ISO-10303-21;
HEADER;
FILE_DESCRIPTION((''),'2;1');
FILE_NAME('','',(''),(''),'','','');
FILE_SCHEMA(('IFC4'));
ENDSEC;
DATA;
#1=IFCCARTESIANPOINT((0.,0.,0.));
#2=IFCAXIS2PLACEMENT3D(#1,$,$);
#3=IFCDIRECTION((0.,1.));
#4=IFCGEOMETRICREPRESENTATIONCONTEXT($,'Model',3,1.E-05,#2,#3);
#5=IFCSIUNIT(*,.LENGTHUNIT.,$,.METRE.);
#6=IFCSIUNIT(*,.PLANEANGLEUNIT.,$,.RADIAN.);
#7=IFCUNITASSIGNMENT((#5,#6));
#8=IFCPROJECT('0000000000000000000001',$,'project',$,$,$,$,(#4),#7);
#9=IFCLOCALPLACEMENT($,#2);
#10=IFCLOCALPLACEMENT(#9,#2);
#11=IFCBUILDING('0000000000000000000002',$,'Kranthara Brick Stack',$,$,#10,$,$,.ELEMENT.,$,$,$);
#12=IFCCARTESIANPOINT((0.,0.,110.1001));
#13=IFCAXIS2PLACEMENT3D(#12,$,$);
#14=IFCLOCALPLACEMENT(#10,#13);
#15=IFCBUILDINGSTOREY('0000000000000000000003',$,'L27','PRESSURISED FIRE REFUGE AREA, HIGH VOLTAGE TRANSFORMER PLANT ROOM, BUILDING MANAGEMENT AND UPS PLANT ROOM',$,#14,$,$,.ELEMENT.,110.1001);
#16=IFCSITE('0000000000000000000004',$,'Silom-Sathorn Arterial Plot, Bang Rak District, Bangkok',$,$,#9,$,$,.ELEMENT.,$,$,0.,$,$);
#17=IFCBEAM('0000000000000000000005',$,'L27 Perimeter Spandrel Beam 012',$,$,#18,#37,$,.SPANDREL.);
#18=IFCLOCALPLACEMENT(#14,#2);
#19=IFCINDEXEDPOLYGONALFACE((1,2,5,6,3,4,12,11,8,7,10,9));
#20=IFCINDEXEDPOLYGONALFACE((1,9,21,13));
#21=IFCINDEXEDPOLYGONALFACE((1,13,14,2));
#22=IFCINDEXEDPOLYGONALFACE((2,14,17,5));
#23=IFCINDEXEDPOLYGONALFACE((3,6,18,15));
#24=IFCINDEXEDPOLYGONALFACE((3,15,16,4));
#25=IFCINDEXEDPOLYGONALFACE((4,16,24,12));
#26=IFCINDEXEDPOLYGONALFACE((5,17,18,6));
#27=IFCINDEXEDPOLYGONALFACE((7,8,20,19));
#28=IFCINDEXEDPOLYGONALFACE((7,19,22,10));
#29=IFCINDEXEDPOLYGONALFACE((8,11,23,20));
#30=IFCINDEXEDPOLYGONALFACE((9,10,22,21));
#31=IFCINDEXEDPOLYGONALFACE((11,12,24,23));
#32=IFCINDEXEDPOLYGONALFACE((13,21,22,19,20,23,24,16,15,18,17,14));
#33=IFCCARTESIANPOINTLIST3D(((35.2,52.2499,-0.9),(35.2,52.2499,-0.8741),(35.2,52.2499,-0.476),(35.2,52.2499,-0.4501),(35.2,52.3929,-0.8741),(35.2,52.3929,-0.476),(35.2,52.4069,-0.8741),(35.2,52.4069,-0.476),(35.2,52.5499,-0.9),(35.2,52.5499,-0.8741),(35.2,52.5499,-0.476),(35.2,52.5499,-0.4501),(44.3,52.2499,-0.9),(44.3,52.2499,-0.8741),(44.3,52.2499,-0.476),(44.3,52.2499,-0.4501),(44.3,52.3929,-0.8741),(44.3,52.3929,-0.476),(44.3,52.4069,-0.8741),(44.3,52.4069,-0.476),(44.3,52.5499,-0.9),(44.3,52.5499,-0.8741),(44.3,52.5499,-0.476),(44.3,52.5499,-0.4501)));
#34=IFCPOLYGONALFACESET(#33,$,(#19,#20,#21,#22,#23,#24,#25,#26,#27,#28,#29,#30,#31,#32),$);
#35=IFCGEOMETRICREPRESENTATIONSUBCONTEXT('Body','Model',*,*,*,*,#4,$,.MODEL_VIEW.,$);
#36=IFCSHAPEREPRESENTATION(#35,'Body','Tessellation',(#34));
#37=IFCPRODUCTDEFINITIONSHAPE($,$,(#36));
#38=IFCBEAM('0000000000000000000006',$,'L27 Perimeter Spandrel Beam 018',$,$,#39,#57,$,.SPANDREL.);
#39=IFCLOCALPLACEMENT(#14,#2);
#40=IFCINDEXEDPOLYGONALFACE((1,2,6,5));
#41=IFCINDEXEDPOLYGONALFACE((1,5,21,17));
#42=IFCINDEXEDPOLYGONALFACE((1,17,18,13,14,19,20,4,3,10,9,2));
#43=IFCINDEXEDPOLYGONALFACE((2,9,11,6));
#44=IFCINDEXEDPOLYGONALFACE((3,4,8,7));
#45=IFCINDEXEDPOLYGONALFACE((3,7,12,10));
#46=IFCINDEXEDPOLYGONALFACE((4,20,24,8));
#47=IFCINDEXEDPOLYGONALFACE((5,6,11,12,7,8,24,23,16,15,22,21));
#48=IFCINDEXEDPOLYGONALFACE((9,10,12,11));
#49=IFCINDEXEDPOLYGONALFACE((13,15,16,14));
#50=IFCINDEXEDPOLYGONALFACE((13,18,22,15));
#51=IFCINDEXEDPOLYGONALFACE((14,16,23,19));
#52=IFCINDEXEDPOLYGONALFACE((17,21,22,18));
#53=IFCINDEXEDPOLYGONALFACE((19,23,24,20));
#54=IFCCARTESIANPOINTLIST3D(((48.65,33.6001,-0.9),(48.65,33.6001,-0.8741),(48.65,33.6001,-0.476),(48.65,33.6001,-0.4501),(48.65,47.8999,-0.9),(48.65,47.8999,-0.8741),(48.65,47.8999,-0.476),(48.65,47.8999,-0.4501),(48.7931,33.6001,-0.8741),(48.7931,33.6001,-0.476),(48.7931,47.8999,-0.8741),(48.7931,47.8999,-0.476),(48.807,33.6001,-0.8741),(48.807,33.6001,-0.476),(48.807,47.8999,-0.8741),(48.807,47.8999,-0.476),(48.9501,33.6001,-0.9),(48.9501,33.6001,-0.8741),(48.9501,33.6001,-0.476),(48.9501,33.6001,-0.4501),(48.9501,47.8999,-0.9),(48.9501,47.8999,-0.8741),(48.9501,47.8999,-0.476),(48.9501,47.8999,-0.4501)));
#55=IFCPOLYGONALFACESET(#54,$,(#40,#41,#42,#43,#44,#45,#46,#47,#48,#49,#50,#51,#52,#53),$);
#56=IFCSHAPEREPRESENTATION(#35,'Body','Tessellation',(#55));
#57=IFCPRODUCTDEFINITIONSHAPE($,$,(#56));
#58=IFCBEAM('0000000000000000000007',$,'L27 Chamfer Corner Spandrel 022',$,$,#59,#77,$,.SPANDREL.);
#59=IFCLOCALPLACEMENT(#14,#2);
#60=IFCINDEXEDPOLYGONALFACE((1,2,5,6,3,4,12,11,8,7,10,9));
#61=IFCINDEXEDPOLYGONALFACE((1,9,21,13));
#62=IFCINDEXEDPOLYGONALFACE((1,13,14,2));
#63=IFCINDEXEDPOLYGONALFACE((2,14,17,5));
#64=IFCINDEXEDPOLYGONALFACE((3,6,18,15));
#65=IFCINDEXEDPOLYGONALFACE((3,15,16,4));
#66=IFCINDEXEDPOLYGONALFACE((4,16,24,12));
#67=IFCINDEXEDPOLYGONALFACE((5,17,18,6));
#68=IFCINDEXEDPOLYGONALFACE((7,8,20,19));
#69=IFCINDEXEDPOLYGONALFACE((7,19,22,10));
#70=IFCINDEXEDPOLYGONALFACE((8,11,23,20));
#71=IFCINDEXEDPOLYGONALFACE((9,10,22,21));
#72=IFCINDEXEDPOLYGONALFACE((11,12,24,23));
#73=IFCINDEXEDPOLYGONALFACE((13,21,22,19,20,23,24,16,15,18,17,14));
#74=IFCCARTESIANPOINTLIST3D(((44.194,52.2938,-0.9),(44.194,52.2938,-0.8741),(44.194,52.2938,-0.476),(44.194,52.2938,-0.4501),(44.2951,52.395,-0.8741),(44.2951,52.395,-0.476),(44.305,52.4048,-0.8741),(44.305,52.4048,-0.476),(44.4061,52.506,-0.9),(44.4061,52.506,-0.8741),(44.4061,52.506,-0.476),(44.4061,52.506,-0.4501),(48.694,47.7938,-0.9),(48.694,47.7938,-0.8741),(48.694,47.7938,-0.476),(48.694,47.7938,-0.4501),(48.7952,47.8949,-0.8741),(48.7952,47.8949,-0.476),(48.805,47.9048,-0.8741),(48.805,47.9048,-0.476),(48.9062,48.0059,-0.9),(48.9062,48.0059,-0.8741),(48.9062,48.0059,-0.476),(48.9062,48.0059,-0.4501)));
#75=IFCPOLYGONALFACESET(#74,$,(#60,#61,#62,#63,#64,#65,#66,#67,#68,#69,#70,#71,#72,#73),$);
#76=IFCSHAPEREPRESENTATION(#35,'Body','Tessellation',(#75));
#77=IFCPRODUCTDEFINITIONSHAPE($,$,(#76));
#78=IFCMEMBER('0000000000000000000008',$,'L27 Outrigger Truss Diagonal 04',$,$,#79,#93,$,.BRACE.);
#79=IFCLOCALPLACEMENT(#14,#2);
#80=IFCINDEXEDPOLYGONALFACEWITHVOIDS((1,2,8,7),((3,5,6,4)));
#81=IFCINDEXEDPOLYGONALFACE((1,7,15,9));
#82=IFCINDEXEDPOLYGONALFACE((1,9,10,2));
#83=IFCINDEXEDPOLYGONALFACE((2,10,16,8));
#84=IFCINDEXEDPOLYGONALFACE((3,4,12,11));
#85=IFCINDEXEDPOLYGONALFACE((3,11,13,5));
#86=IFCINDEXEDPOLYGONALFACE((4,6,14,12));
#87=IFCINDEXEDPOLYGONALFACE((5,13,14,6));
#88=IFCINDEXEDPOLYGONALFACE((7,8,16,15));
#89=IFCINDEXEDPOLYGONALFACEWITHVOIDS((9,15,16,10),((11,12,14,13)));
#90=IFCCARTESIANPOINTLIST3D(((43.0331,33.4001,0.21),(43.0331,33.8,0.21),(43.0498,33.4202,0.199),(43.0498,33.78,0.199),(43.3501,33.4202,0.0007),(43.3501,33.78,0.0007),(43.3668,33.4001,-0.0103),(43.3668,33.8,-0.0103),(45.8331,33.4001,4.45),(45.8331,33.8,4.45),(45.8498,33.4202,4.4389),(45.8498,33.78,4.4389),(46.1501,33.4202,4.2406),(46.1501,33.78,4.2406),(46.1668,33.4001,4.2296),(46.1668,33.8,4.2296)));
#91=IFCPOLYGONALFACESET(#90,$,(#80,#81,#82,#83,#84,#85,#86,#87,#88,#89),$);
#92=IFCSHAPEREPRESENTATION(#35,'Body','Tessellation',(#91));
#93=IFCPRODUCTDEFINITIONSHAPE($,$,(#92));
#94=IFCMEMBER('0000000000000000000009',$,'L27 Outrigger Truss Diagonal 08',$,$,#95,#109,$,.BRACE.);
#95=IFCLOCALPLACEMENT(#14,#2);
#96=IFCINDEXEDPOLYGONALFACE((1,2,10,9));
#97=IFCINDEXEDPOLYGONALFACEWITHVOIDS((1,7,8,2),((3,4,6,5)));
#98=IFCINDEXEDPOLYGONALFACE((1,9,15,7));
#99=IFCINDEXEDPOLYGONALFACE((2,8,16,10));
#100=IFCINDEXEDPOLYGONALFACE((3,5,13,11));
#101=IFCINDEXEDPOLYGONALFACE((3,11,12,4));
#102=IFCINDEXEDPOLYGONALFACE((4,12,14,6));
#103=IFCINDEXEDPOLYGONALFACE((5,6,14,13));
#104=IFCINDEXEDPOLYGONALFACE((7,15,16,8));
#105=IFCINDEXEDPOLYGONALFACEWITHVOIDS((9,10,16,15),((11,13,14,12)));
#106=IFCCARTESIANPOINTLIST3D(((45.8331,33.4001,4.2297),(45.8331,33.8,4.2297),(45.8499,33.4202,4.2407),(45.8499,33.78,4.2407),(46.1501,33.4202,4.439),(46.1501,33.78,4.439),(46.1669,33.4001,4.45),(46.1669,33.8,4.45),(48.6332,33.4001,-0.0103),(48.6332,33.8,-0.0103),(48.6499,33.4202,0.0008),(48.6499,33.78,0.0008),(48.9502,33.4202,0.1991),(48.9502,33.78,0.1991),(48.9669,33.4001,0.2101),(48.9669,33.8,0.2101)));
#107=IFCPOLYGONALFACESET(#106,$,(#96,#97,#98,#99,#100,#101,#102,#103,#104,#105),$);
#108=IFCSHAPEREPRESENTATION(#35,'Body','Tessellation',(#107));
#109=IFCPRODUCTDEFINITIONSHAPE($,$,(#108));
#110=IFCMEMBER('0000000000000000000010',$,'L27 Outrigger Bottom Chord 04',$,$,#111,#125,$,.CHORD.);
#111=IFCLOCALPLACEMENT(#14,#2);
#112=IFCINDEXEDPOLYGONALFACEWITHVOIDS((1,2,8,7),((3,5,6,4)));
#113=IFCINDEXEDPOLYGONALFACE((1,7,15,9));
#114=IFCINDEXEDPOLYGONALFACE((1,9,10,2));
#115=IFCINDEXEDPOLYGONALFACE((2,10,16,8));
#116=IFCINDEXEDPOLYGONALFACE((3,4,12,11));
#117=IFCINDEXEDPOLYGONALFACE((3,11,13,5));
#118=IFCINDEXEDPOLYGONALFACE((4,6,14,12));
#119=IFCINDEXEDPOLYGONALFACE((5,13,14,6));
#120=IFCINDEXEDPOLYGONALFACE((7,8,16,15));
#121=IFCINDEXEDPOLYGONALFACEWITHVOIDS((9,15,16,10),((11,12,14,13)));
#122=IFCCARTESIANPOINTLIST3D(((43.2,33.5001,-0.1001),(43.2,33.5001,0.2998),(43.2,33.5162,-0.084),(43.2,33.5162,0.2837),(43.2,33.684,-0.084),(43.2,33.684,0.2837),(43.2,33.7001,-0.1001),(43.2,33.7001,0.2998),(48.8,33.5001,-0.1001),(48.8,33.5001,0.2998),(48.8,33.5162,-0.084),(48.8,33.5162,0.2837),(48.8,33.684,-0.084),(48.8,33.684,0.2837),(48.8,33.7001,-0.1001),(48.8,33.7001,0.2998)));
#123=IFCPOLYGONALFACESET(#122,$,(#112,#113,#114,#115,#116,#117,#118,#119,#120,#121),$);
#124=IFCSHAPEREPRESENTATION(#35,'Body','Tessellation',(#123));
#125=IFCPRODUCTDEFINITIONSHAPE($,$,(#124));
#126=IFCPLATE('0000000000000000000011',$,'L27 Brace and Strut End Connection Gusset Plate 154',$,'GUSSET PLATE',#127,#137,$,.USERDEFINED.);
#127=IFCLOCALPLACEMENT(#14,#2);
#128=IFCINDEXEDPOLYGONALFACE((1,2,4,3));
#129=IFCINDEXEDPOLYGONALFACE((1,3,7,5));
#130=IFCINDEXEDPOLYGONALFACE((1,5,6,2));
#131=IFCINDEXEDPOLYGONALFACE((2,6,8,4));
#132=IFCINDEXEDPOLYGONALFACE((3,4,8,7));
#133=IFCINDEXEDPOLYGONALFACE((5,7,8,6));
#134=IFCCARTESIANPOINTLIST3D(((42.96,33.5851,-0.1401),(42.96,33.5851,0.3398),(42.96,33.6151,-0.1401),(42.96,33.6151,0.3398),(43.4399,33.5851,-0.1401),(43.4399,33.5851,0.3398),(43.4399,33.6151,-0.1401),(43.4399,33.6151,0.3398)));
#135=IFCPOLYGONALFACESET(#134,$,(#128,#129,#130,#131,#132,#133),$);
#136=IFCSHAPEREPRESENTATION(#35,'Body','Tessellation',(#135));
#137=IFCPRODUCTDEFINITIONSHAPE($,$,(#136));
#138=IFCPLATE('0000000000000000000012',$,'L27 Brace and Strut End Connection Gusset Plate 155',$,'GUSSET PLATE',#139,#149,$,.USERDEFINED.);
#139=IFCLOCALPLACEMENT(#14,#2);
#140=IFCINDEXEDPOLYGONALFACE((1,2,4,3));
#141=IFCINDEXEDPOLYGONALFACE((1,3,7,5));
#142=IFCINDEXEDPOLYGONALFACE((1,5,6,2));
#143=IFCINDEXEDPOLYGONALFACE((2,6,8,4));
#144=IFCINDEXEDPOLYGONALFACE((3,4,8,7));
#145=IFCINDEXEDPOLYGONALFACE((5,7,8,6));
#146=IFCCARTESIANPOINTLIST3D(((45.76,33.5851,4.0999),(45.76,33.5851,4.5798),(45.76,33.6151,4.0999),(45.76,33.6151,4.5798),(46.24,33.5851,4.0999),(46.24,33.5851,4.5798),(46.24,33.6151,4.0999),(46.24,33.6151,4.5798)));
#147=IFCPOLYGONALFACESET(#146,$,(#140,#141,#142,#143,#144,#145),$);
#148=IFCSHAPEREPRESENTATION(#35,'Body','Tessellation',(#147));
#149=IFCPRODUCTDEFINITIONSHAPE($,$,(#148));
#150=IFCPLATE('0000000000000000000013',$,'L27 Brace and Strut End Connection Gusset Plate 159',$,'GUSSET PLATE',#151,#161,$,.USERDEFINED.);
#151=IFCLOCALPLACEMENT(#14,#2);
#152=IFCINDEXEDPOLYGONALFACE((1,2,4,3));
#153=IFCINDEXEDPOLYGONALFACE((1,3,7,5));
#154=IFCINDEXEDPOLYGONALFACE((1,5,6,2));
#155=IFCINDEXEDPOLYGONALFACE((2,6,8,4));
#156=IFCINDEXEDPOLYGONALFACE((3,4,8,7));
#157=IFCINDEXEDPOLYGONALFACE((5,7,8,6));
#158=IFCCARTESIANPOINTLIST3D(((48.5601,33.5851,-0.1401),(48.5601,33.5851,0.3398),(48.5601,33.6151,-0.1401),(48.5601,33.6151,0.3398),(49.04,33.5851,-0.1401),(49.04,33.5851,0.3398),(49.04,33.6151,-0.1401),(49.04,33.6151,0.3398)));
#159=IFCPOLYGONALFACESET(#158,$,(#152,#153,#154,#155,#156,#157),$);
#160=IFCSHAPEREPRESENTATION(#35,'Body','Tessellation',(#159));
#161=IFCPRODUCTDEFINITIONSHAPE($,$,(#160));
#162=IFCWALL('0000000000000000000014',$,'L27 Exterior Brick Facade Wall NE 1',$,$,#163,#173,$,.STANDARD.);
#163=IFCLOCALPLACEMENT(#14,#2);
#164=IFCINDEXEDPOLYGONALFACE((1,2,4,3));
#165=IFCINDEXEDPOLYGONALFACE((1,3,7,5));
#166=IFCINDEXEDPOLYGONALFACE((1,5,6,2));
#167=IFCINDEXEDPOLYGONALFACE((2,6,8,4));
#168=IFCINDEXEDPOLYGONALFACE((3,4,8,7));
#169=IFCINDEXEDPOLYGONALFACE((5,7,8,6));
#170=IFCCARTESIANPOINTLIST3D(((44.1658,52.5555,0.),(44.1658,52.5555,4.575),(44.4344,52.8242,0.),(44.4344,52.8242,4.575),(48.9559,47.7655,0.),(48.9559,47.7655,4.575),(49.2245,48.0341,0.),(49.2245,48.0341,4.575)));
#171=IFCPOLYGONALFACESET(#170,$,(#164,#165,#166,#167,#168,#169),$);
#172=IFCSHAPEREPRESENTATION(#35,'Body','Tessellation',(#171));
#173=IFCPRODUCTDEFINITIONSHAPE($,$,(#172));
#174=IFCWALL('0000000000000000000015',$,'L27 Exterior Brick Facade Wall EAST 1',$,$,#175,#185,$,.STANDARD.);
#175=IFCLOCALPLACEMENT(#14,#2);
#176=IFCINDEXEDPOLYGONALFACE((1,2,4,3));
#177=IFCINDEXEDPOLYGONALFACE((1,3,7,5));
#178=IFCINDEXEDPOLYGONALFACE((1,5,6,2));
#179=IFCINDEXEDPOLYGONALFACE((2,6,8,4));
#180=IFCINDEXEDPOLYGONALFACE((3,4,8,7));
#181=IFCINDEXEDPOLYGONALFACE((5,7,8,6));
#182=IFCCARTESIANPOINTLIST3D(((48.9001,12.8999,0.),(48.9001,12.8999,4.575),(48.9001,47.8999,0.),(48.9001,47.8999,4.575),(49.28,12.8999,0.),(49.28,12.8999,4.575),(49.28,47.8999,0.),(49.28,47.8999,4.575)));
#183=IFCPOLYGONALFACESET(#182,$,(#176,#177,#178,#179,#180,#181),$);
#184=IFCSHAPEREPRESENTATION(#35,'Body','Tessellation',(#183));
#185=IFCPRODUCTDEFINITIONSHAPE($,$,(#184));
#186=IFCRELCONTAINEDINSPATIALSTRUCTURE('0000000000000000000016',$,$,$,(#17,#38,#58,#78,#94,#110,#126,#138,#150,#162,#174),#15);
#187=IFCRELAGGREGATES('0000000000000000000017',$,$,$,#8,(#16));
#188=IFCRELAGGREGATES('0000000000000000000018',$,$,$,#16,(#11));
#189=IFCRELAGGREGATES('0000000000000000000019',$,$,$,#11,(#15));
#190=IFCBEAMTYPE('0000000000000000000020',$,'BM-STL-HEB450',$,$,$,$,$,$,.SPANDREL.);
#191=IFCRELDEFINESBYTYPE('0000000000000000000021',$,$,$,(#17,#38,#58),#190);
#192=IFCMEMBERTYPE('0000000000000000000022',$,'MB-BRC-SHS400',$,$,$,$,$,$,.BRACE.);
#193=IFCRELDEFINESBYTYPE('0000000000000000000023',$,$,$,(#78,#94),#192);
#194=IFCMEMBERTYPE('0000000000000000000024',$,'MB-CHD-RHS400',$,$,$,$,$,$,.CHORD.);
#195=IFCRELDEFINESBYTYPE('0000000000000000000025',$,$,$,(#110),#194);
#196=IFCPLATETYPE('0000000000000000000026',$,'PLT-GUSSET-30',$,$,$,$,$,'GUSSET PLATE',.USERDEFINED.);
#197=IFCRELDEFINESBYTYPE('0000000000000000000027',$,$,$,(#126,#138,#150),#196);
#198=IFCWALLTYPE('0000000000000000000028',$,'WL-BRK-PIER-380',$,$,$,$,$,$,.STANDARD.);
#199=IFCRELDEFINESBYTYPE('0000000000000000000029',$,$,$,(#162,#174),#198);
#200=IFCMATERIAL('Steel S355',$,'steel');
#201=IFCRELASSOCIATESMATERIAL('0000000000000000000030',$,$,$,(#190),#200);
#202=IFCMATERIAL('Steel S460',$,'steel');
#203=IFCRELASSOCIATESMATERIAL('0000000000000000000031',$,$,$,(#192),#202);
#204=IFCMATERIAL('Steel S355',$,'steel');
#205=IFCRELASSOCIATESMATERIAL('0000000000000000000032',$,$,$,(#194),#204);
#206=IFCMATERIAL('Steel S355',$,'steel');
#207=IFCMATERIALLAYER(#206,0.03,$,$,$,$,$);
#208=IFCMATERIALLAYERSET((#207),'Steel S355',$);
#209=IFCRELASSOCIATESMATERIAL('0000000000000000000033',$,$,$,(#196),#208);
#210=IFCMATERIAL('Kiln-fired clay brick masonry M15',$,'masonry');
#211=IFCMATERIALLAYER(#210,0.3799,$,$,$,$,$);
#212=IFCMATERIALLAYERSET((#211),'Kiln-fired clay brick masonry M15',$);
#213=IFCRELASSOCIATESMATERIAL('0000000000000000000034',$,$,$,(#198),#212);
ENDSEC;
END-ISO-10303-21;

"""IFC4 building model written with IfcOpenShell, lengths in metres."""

from ifc_helpers import new_model, si_unit, direction, frame, frame_2d, origin, origin_2d, place, context, subcontext, project, spatial, rectangle, hollow_rectangle, i_section, extrude, material, layer, layer_set, material_profile, profile_set, type_object, element, save


model = new_model("IFC4")

# Units and contexts
model_context = context("Model", 3, precision=1e-05, world=origin(), true_north=direction((0.0, 1.0)))
body_context = subcontext(model_context, "Body", "Model", "MODEL_VIEW")
ifc_project = project(units=[si_unit("LENGTHUNIT", "METRE"), si_unit("PLANEANGLEUNIT", "RADIAN")], contexts=[model_context])

# Site, building, storey
site_placement = place(None, origin())
site = spatial("IfcSite", under=ifc_project, at=site_placement, Name="Silom-Sathorn Arterial Plot, Bang Rak District, Bangkok", CompositionType="ELEMENT", RefElevation=0.0)
building_placement = place(site_placement, origin())
building = spatial("IfcBuilding", under=site, at=building_placement, Name="Kranthara Brick Stack", CompositionType="ELEMENT")
storey_placement = place(building_placement, frame((0.0, 0.0, 110.1001)))
storey = spatial("IfcBuildingStorey", under=building, at=storey_placement, Name="L27", Description="PRESSURISED FIRE REFUGE AREA, HIGH VOLTAGE TRANSFORMER PLANT ROOM, BUILDING MANAGEMENT AND UPS PLANT ROOM", CompositionType="ELEMENT", Elevation=110.1001)

# Beams
ifc_material_1 = material(Name="Steel S355", Category="steel")
ifc_material_profile_1 = material_profile(ifc_material_1, i_section(OverallWidth=0.3, OverallDepth=0.45, WebThickness=0.0139, FlangeThickness=0.0259, at=origin_2d()), Name="HEB 450")
ifc_profile_set_1 = profile_set([ifc_material_profile_1], Name="Steel S355")
beam_type_1 = type_object("IfcBeamType", Name="BM-STL-HEB450", PredefinedType="SPANDREL", material=ifc_profile_set_1)
beam_1_placement = place(storey_placement, frame((35.2, 52.3999, -0.675), z_axis=(1.0, 0.0, 0.0), x_axis=(0.0, 1.0, 0.0)))
element("IfcBeam", 1, at=beam_1_placement, inside=storey, type_object=beam_type_1, Name="L27 Perimeter Spandrel Beam 012", PredefinedType="SPANDREL", context=body_context, shape_type="SweptSolid", body=[
    extrude(i_section(OverallWidth=0.3, OverallDepth=0.45, WebThickness=0.0139, FlangeThickness=0.0259, at=origin_2d()), origin(), (0.0, 0.0, 1.0), 9.1001),
])
beam_2_placement = place(storey_placement, frame((48.8, 33.6001, -0.675), z_axis=(0.0, 1.0, 0.0), x_axis=(-1.0, 0.0, 0.0)))
element("IfcBeam", 2, at=beam_2_placement, inside=storey, type_object=beam_type_1, Name="L27 Perimeter Spandrel Beam 018", PredefinedType="SPANDREL", context=body_context, shape_type="SweptSolid", body=[
    extrude(i_section(OverallWidth=0.3, OverallDepth=0.45, WebThickness=0.0139, FlangeThickness=0.0259, at=origin_2d()), origin(), (0.0, 0.0, 1.0), 14.2998),
])
beam_3_placement = place(storey_placement, frame((44.3, 52.3999, -0.675), z_axis=(0.707107, -0.707107, 0.0), x_axis=(0.707107, 0.707107, 0.0)))
element("IfcBeam", 3, at=beam_3_placement, inside=storey, type_object=beam_type_1, Name="L27 Chamfer Corner Spandrel 022", PredefinedType="SPANDREL", context=body_context, shape_type="SweptSolid", body=[
    extrude(i_section(OverallWidth=0.3, OverallDepth=0.45, WebThickness=0.0139, FlangeThickness=0.0259, at=origin_2d()), origin(), (0.0, 0.0, 1.0), 6.364),
])

# Members
ifc_material_2 = material(Name="Steel S460", Category="steel")
ifc_material_profile_2 = material_profile(ifc_material_2, hollow_rectangle(XDim=0.3999, YDim=0.3999, WallThickness=0.02, at=origin_2d()), Name="SHS 400x400x20")
ifc_profile_set_2 = profile_set([ifc_material_profile_2], Name="Steel S460")
member_type_1 = type_object("IfcMemberType", Name="MB-BRC-SHS400", PredefinedType="BRACE", material=ifc_profile_set_2)
for number, where, z_axis, x_axis, name in (
    (4, (43.2, 33.6001, 0.0999), (0.551069, 0.0, 0.83446), (0.0, 1.0, 0.0), "L27 Outrigger Truss Diagonal 04"),
    (5, (46.0, 33.6001, 4.3398), (0.551069, 0.0, -0.83446), (0.0, 1.0, 0.0), "L27 Outrigger Truss Diagonal 08"),
):
    element("IfcMember", number, at=place(storey_placement, frame(where, z_axis=z_axis, x_axis=x_axis)), inside=storey, type_object=member_type_1, Name=name, PredefinedType="BRACE", context=body_context, shape_type="SweptSolid", body=[
        extrude(hollow_rectangle(XDim=0.3999, YDim=0.3999, WallThickness=0.02, at=origin_2d()), origin(), (0.0, 0.0, 1.0), 5.0811),
    ])
ifc_material_3 = material(Name="Steel S355", Category="steel")
ifc_material_profile_3 = material_profile(ifc_material_3, hollow_rectangle(XDim=0.2, YDim=0.3999, WallThickness=0.0161, at=origin_2d()), Name="RHS 200x400x16")
ifc_profile_set_3 = profile_set([ifc_material_profile_3], Name="Steel S355")
member_type_2 = type_object("IfcMemberType", Name="MB-CHD-RHS400", PredefinedType="CHORD", material=ifc_profile_set_3)
member_placement = place(storey_placement, frame((43.2, 33.6001, 0.0999), z_axis=(1.0, 0.0, 0.0), x_axis=(0.0, 1.0, 0.0)))
element("IfcMember", 6, at=member_placement, inside=storey, type_object=member_type_2, Name="L27 Outrigger Bottom Chord 04", PredefinedType="CHORD", context=body_context, shape_type="SweptSolid", body=[
    extrude(hollow_rectangle(XDim=0.2, YDim=0.3999, WallThickness=0.0161, at=origin_2d()), origin(), (0.0, 0.0, 1.0), 5.6001),
])

# Plates
ifc_material_4 = material(Name="Steel S355", Category="steel")
ifc_layer_1 = layer(ifc_material_4, 0.03)
ifc_layer_set_1 = layer_set([ifc_layer_1], Name="Steel S355")
plate_type = type_object("IfcPlateType", Name="PLT-GUSSET-30", ElementType="GUSSET PLATE", PredefinedType="USERDEFINED", material=ifc_layer_set_1)
for number, where, z_axis, x_axis, name in (
    (7, (43.2, 33.6001, -0.1401), (0.0, 0.0, 1.0), (1.0, 0.0, 0.0), "L27 Brace and Strut End Connection Gusset Plate 154"),
    (8, (46.0, 33.6001, 4.0999), (0.0, 0.0, 1.0), (1.0, 0.0, 0.0), "L27 Brace and Strut End Connection Gusset Plate 155"),
    (9, (48.8, 33.6001, -0.1401), (0.0, 0.0, 1.0), (1.0, 0.0, 0.0), "L27 Brace and Strut End Connection Gusset Plate 159"),
):
    element("IfcPlate", number, at=place(storey_placement, frame(where, z_axis=z_axis, x_axis=x_axis)), inside=storey, type_object=plate_type, Name=name, ObjectType="GUSSET PLATE", PredefinedType="USERDEFINED", context=body_context, shape_type="SweptSolid", body=[
        extrude(rectangle(XDim=0.48, YDim=0.03, at=origin_2d()), origin(), (0.0, 0.0, 1.0), 0.48),
    ])

# Walls
ifc_material_5 = material(Name="Kiln-fired clay brick masonry M15", Category="masonry")
ifc_layer_2 = layer(ifc_material_5, 0.3799)
ifc_layer_set_2 = layer_set([ifc_layer_2], Name="Kiln-fired clay brick masonry M15")
wall_type_1 = type_object("IfcWallType", Name="WL-BRK-PIER-380", PredefinedType="STANDARD", material=ifc_layer_set_2)
wall_1_placement = place(storey_placement, frame((44.3, 52.6899, 0.0), z_axis=(0.0, 0.0, 1.0), x_axis=(0.707107, -0.707107, 0.0)))
element("IfcWall", 10, at=wall_1_placement, inside=storey, type_object=wall_type_1, Name="L27 Exterior Brick Facade Wall NE 1", PredefinedType="STANDARD", context=body_context, shape_type="SweptSolid", body=[
    extrude(rectangle(XDim=6.7742, YDim=0.3799, at=frame_2d((3.3872, 0.0))), origin(), (0.0, 0.0, 1.0), 4.575),
])
wall_2_placement = place(storey_placement, frame((49.0901, 47.8999, 0.0), z_axis=(0.0, 0.0, 1.0), x_axis=(0.0, -1.0, 0.0)))
element("IfcWall", 11, at=wall_2_placement, inside=storey, type_object=wall_type_1, Name="L27 Exterior Brick Facade Wall EAST 1", PredefinedType="STANDARD", context=body_context, shape_type="SweptSolid", body=[
    extrude(rectangle(XDim=35.0, YDim=0.3799, at=frame_2d((17.5, 0.0))), origin(), (0.0, 0.0, 1.0), 4.575),
])

save(model, "model.ifc")
